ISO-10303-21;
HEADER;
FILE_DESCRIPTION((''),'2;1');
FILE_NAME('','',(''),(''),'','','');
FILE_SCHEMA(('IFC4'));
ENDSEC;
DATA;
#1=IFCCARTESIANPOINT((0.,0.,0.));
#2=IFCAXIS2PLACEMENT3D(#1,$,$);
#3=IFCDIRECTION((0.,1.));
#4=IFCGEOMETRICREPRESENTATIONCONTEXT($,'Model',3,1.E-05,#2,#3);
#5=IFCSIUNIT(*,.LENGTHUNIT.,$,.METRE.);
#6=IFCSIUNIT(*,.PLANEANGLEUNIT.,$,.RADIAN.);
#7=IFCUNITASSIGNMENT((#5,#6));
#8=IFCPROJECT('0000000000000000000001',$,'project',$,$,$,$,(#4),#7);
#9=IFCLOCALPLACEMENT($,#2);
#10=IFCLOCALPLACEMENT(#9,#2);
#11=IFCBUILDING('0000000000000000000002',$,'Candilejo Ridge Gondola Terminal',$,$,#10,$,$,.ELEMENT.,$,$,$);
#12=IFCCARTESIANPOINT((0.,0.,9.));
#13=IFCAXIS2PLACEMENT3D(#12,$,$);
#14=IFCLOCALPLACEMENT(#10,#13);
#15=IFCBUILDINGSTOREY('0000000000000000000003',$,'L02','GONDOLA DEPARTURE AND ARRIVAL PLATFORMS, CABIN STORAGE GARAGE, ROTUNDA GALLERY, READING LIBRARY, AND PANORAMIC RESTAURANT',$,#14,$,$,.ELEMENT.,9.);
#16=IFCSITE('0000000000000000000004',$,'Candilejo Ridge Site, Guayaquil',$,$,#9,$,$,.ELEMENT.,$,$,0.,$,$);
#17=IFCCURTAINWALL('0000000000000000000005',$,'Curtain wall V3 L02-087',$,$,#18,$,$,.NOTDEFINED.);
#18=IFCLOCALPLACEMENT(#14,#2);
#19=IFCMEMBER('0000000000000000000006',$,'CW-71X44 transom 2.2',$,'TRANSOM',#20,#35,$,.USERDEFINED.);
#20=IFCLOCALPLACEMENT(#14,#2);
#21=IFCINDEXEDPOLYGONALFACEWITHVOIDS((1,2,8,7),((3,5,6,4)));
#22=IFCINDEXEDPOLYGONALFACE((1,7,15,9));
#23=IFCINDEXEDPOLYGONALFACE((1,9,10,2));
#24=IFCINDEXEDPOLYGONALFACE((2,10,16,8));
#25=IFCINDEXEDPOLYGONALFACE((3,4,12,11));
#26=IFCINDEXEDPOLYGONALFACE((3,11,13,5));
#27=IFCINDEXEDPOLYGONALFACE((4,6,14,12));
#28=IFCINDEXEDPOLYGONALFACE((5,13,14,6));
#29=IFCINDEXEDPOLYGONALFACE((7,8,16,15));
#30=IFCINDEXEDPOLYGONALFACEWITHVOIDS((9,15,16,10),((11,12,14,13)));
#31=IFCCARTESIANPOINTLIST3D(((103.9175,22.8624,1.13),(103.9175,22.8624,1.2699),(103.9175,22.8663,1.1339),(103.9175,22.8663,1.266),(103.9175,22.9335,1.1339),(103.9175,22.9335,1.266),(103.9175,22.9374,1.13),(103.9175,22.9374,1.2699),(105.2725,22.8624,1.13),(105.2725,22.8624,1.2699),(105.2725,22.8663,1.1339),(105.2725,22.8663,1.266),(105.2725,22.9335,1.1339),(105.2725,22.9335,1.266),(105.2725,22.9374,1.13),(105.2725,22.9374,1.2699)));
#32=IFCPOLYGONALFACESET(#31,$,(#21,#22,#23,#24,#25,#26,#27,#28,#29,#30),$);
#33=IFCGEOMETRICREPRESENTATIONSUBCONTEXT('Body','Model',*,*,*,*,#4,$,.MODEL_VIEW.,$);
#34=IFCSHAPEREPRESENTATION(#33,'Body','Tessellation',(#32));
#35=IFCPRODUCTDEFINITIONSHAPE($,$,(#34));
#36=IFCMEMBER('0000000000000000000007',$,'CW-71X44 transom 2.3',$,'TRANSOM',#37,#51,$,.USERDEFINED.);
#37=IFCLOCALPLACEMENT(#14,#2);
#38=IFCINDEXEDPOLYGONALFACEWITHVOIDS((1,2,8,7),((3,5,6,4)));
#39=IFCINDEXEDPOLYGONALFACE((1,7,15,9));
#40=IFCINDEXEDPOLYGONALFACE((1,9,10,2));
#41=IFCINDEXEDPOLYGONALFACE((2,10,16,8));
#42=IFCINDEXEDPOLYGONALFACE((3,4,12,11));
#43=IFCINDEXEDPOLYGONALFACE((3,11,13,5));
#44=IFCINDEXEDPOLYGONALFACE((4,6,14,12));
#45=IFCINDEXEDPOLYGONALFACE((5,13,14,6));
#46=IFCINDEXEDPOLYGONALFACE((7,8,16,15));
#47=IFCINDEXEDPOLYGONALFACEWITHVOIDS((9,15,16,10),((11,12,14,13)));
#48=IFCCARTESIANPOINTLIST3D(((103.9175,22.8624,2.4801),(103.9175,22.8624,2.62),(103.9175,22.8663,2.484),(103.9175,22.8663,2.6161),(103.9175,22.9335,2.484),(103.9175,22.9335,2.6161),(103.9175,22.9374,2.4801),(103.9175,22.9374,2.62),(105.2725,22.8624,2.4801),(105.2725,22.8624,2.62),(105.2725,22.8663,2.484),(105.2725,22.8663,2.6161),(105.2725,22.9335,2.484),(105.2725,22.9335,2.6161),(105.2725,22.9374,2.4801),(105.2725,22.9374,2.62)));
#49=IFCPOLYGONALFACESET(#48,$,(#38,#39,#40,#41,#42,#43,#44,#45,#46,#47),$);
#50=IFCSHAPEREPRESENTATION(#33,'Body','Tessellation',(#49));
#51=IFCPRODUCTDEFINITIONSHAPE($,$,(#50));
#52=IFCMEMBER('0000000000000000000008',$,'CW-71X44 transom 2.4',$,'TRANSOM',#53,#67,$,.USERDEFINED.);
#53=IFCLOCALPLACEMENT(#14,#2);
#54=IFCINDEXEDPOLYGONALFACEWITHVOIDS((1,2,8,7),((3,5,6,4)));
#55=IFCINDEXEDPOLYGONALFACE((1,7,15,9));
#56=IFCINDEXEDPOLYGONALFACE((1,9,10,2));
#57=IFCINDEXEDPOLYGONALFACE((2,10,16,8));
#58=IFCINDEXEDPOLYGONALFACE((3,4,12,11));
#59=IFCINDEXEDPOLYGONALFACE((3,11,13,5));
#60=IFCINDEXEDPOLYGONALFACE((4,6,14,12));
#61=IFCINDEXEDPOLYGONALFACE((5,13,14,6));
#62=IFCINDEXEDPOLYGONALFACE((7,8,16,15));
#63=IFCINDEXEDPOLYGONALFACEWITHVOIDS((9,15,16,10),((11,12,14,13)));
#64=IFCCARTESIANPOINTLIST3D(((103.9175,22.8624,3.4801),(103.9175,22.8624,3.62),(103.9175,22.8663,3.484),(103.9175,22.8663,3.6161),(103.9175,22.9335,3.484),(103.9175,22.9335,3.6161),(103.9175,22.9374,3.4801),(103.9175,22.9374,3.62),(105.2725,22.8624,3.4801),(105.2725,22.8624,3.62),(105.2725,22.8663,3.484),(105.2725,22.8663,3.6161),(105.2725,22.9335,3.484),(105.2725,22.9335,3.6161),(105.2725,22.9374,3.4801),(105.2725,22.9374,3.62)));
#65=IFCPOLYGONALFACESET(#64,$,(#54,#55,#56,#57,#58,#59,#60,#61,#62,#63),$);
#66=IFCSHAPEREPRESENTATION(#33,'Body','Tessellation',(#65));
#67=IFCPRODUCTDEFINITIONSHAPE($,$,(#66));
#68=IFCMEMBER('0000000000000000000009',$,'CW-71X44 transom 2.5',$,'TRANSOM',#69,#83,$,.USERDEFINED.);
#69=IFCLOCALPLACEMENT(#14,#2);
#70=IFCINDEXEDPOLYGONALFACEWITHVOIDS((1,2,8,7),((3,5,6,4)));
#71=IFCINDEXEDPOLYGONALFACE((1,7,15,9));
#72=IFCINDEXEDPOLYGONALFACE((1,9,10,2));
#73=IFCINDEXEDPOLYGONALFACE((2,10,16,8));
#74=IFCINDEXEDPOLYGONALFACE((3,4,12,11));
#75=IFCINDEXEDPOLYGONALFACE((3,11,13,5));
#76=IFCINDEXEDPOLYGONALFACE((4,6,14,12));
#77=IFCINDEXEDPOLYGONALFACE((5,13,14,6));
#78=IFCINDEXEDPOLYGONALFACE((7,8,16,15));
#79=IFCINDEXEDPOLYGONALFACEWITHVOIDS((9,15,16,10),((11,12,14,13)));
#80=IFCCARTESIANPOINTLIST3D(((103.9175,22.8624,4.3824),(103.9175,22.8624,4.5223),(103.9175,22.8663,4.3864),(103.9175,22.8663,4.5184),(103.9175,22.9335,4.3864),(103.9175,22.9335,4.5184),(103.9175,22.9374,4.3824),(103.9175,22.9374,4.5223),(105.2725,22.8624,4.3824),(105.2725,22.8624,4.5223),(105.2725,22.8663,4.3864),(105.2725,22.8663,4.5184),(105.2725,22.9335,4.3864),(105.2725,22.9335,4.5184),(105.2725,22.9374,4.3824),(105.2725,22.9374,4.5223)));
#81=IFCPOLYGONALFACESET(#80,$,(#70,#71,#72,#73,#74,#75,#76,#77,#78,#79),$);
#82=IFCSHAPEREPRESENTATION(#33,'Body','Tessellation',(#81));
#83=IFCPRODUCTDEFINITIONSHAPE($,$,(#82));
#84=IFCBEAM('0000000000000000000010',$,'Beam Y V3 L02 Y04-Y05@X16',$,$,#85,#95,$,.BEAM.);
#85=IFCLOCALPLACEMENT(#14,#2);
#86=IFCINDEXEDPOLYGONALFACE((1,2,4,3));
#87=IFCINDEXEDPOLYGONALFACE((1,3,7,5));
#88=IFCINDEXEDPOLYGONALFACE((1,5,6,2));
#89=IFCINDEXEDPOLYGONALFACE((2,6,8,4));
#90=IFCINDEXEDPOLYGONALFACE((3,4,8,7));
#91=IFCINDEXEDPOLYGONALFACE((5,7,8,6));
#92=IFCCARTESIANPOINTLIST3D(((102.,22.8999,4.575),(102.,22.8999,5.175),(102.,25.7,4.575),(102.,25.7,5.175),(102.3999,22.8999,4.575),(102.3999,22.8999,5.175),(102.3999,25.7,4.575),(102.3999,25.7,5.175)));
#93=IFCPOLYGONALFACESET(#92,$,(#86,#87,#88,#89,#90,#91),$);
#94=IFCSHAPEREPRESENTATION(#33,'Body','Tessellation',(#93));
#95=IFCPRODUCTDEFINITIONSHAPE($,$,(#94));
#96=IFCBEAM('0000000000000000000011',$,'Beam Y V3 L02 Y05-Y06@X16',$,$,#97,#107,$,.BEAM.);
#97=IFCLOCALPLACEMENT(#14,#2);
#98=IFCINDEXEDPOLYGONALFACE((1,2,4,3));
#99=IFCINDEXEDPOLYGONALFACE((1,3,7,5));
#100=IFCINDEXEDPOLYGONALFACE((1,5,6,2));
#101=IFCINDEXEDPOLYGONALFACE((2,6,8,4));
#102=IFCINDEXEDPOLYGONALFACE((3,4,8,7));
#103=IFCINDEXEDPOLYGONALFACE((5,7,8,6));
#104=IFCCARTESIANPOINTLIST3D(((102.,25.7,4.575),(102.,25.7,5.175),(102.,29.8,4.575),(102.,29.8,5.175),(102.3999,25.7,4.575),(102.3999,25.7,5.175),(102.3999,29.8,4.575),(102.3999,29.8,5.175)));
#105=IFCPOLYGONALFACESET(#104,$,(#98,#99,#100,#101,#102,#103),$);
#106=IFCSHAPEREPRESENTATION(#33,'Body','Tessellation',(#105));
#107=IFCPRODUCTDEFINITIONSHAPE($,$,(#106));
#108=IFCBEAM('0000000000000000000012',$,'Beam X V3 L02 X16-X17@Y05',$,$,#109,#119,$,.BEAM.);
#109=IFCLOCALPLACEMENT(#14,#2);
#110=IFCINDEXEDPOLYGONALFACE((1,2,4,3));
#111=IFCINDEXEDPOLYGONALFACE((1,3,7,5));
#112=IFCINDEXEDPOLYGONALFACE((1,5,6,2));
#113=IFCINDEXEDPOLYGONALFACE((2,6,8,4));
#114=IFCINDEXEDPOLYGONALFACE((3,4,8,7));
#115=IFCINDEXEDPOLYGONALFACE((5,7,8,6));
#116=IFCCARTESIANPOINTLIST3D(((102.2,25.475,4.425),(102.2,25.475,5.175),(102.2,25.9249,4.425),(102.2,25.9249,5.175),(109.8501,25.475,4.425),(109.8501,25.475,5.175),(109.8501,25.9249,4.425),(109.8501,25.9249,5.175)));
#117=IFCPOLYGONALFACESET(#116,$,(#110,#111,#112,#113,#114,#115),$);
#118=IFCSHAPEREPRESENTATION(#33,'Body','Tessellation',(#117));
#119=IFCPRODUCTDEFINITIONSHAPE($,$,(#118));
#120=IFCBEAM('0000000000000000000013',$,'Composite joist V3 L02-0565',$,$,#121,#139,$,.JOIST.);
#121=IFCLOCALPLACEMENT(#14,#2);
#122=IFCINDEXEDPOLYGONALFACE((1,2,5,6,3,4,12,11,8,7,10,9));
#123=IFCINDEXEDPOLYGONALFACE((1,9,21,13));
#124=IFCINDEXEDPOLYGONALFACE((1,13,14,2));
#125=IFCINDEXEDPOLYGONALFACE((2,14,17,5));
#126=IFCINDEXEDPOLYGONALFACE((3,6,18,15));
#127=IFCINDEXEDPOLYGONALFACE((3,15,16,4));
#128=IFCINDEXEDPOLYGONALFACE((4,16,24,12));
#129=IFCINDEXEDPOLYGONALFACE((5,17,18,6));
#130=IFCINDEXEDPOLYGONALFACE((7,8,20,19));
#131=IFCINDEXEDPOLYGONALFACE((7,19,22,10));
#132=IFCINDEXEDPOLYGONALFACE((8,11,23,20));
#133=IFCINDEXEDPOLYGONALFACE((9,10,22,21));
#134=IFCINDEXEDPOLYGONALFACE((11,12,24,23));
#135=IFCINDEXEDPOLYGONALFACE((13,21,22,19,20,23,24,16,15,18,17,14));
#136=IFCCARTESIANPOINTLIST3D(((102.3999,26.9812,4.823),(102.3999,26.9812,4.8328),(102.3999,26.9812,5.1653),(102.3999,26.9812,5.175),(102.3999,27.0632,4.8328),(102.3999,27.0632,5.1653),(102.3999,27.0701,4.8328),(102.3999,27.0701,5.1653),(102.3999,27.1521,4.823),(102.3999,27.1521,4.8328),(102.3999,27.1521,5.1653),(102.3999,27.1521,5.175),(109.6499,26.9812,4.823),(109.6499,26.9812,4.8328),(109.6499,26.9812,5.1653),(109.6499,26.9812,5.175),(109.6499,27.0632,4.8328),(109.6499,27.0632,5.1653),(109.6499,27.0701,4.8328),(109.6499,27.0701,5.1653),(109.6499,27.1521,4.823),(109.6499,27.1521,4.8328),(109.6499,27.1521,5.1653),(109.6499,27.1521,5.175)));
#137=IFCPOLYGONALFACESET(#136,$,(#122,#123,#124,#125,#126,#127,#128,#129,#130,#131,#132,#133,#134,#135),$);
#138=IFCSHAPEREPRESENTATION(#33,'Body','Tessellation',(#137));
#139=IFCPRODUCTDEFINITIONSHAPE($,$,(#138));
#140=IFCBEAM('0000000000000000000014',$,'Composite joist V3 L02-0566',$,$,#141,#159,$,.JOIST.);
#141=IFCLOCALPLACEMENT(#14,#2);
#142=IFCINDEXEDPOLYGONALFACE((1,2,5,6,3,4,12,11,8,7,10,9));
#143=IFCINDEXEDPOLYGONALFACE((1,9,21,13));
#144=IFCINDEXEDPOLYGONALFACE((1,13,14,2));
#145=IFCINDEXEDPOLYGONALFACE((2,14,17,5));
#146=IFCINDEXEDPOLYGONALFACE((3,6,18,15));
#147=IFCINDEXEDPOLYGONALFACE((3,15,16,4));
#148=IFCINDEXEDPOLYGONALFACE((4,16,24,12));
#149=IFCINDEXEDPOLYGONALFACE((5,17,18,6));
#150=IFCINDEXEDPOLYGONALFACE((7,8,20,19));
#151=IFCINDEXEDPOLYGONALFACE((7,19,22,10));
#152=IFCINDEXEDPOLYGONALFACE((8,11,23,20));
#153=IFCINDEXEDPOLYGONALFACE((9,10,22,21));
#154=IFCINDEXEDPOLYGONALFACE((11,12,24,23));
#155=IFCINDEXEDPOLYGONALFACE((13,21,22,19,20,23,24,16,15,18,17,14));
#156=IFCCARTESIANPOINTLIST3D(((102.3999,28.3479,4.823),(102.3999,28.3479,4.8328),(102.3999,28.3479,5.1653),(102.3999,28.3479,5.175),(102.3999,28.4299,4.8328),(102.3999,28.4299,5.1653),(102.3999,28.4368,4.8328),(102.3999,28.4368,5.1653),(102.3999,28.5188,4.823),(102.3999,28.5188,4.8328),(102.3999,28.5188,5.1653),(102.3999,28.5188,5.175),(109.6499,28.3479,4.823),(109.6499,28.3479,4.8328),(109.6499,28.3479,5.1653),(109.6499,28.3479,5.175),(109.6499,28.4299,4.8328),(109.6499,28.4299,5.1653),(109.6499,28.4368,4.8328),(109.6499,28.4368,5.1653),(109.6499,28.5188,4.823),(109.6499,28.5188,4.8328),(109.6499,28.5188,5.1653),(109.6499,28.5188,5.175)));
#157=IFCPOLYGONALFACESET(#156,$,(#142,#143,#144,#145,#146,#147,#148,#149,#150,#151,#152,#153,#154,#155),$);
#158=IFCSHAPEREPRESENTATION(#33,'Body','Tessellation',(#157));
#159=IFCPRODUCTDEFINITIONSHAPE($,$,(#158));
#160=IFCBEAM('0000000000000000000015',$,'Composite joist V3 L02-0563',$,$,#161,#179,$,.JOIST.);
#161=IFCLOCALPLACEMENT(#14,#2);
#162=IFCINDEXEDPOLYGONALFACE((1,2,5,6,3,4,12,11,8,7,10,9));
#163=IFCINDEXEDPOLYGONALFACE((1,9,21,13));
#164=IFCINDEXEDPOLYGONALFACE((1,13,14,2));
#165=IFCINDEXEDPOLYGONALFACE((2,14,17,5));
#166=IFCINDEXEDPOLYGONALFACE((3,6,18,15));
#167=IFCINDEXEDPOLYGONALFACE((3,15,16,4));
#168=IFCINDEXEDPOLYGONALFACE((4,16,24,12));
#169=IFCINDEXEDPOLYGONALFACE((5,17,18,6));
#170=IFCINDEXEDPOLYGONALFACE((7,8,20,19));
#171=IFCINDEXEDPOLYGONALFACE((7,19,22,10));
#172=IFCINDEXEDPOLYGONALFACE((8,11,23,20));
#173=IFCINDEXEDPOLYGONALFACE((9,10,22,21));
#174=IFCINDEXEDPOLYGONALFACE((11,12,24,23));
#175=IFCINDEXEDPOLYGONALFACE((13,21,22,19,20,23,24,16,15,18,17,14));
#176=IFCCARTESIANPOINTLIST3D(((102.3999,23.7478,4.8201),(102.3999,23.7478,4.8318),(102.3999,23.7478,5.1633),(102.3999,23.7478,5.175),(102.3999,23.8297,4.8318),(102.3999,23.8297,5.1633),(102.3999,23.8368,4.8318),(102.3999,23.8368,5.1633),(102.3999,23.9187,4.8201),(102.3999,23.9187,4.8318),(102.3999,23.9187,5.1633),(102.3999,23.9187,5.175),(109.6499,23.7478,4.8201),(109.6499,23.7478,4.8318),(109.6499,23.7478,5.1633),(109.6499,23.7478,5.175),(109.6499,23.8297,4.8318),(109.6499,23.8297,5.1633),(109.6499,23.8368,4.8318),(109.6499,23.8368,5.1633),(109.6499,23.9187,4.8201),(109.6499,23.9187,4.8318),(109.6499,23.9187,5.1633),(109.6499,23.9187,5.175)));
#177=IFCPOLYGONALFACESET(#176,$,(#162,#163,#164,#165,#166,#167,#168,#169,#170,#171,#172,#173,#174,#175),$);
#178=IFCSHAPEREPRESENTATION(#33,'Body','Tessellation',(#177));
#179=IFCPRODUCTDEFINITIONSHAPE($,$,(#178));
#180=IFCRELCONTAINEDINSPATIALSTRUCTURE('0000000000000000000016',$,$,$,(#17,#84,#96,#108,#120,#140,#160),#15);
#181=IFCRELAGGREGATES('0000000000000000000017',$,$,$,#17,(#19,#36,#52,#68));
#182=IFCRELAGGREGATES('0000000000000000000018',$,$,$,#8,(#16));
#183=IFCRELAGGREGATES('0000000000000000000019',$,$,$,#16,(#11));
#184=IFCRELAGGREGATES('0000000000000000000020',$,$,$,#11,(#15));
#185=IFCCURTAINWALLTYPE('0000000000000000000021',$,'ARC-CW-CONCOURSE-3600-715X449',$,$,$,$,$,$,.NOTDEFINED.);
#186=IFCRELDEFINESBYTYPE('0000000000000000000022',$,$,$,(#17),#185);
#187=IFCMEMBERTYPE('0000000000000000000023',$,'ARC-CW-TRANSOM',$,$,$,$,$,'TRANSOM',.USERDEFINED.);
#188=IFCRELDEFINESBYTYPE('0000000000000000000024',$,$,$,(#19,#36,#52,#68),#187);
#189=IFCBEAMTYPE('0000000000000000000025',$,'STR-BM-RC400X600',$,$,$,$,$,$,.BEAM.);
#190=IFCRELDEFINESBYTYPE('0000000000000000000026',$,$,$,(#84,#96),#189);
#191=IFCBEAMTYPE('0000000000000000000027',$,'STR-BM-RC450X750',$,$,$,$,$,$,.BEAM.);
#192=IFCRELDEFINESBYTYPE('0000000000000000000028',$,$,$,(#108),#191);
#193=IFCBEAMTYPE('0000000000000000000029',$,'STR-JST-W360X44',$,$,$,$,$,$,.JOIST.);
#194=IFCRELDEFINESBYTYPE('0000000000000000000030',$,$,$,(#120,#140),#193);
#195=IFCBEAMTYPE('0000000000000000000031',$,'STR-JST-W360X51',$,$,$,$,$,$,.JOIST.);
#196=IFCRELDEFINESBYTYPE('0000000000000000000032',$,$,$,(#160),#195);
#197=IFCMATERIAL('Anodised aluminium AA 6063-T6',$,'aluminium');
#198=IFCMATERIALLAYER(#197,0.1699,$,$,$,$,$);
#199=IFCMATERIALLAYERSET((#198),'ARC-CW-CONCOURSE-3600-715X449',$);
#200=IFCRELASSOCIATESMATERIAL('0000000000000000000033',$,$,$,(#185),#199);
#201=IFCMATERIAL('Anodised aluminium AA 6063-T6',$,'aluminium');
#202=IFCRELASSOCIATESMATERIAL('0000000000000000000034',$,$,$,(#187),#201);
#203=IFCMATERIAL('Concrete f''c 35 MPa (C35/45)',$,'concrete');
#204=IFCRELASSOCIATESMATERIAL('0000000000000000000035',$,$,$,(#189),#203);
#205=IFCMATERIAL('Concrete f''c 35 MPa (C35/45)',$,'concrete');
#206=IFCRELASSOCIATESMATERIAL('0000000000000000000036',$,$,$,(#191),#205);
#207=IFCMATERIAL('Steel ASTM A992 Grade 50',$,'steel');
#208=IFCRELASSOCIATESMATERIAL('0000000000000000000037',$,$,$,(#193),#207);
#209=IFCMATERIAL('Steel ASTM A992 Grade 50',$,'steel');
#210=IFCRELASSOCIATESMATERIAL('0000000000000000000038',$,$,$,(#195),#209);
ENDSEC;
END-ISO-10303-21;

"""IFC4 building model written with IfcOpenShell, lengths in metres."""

from ifc_helpers import new_model, si_unit, direction, frame, origin, origin_2d, place, context, subcontext, project, spatial, rectangle, hollow_rectangle, i_section, extrude, material, layer, layer_set, material_profile, profile_set, type_object, element, aggregate, save


model = new_model("IFC4")

# Units and contexts
model_context = context("Model", 3, precision=1e-05, world=origin(), true_north=direction((0.0, 1.0)))
body_context = subcontext(model_context, "Body", "Model", "MODEL_VIEW")
ifc_project = project(units=[si_unit("LENGTHUNIT", "METRE"), si_unit("PLANEANGLEUNIT", "RADIAN")], contexts=[model_context])

# Site, building, storey
site_placement = place(None, origin())
site = spatial("IfcSite", under=ifc_project, at=site_placement, Name="Candilejo Ridge Site, Guayaquil", CompositionType="ELEMENT", RefElevation=0.0)
building_placement = place(site_placement, origin())
building = spatial("IfcBuilding", under=site, at=building_placement, Name="Candilejo Ridge Gondola Terminal", CompositionType="ELEMENT")
storey_placement = place(building_placement, frame((0.0, 0.0, 9.0)))
storey = spatial("IfcBuildingStorey", under=building, at=storey_placement, Name="L02", Description="GONDOLA DEPARTURE AND ARRIVAL PLATFORMS, CABIN STORAGE GARAGE, ROTUNDA GALLERY, READING LIBRARY, AND PANORAMIC RESTAURANT", CompositionType="ELEMENT", Elevation=9.0)

# Curtain wall, members
ifc_material_1 = material(Name="Anodised aluminium AA 6063-T6", Category="aluminium")
ifc_layer_1 = layer(ifc_material_1, 0.1699)
ifc_layer_set_1 = layer_set([ifc_layer_1], Name="ARC-CW-CONCOURSE-3600-715X449")
curtain_wall_type_1 = type_object("IfcCurtainWallType", Name="ARC-CW-CONCOURSE-3600-715X449", PredefinedType="NOTDEFINED", material=ifc_layer_set_1)
curtain_wall_1_placement = place(storey_placement, origin())
curtain_wall_1 = element("IfcCurtainWall", 1, at=curtain_wall_1_placement, inside=storey, type_object=curtain_wall_type_1, Name="Curtain wall V3 L02-087", PredefinedType="NOTDEFINED")
ifc_material_2 = material(Name="Anodised aluminium AA 6063-T6", Category="aluminium")
ifc_material_profile_1 = material_profile(ifc_material_2, hollow_rectangle(XDim=0.075, YDim=0.1399, WallThickness=0.0039, at=origin_2d()))
ifc_profile_set_1 = profile_set([ifc_material_profile_1], Name="Anodised aluminium AA 6063-T6")
member_type_1 = type_object("IfcMemberType", Name="ARC-CW-TRANSOM", ElementType="TRANSOM", PredefinedType="USERDEFINED", material=ifc_profile_set_1)
member_1_placement = place(storey_placement, frame((103.9175, 22.8999, 1.2), z_axis=(1.0, 0.0, 0.0), x_axis=(0.0, 1.0, 0.0)))
member_1 = element("IfcMember", 2, at=member_1_placement, type_object=member_type_1, Name="CW-71X44 transom 2.2", ObjectType="TRANSOM", PredefinedType="USERDEFINED", context=body_context, shape_type="SweptSolid", body=[
    extrude(hollow_rectangle(XDim=0.075, YDim=0.1399, WallThickness=0.0039, at=origin_2d()), origin(), (0.0, 0.0, 1.0), 1.355),
])
member_2_placement = place(storey_placement, frame((103.9175, 22.8999, 2.55), z_axis=(1.0, 0.0, 0.0), x_axis=(0.0, 1.0, 0.0)))
member_2 = element("IfcMember", 3, at=member_2_placement, type_object=member_type_1, Name="CW-71X44 transom 2.3", ObjectType="TRANSOM", PredefinedType="USERDEFINED", context=body_context, shape_type="SweptSolid", body=[
    extrude(hollow_rectangle(XDim=0.075, YDim=0.1399, WallThickness=0.0039, at=origin_2d()), origin(), (0.0, 0.0, 1.0), 1.355),
])
member_3_placement = place(storey_placement, frame((103.9175, 22.8999, 3.55), z_axis=(1.0, 0.0, 0.0), x_axis=(0.0, 1.0, 0.0)))
member_3 = element("IfcMember", 4, at=member_3_placement, type_object=member_type_1, Name="CW-71X44 transom 2.4", ObjectType="TRANSOM", PredefinedType="USERDEFINED", context=body_context, shape_type="SweptSolid", body=[
    extrude(hollow_rectangle(XDim=0.075, YDim=0.1399, WallThickness=0.0039, at=origin_2d()), origin(), (0.0, 0.0, 1.0), 1.355),
])
member_4_placement = place(storey_placement, frame((103.9175, 22.8999, 4.4524), z_axis=(1.0, 0.0, 0.0), x_axis=(0.0, 1.0, 0.0)))
member_4 = element("IfcMember", 5, at=member_4_placement, type_object=member_type_1, Name="CW-71X44 transom 2.5", ObjectType="TRANSOM", PredefinedType="USERDEFINED", context=body_context, shape_type="SweptSolid", body=[
    extrude(hollow_rectangle(XDim=0.075, YDim=0.1399, WallThickness=0.0039, at=origin_2d()), origin(), (0.0, 0.0, 1.0), 1.355),
])

# Beams
ifc_material_3 = material(Name="Concrete f'c 35 MPa (C35/45)", Category="concrete")
ifc_material_profile_2 = material_profile(ifc_material_3, rectangle(XDim=0.3999, YDim=0.6001, at=origin_2d()))
ifc_profile_set_2 = profile_set([ifc_material_profile_2], Name="Concrete f'c 35 MPa (C35/45)")
beam_type_1 = type_object("IfcBeamType", Name="STR-BM-RC400X600", PredefinedType="BEAM", material=ifc_profile_set_2)
beam_1_placement = place(storey_placement, frame((102.2, 22.8999, 4.875), z_axis=(0.0, 1.0, 0.0), x_axis=(-1.0, 0.0, 0.0)))
element("IfcBeam", 6, at=beam_1_placement, inside=storey, type_object=beam_type_1, Name="Beam Y V3 L02 Y04-Y05@X16", PredefinedType="BEAM", context=body_context, shape_type="SweptSolid", body=[
    extrude(rectangle(XDim=0.3999, YDim=0.6001, at=origin_2d()), origin(), (0.0, 0.0, 1.0), 2.8),
])
beam_2_placement = place(storey_placement, frame((102.2, 25.7, 4.875), z_axis=(0.0, 1.0, 0.0), x_axis=(-1.0, 0.0, 0.0)))
element("IfcBeam", 7, at=beam_2_placement, inside=storey, type_object=beam_type_1, Name="Beam Y V3 L02 Y05-Y06@X16", PredefinedType="BEAM", context=body_context, shape_type="SweptSolid", body=[
    extrude(rectangle(XDim=0.3999, YDim=0.6001, at=origin_2d()), origin(), (0.0, 0.0, 1.0), 4.1001),
])
ifc_material_4 = material(Name="Concrete f'c 35 MPa (C35/45)", Category="concrete")
ifc_material_profile_3 = material_profile(ifc_material_4, rectangle(XDim=0.45, YDim=0.75, at=origin_2d()))
ifc_profile_set_3 = profile_set([ifc_material_profile_3], Name="Concrete f'c 35 MPa (C35/45)")
beam_type_2 = type_object("IfcBeamType", Name="STR-BM-RC450X750", PredefinedType="BEAM", material=ifc_profile_set_3)
beam_3_placement = place(storey_placement, frame((102.2, 25.7, 4.8), z_axis=(1.0, 0.0, 0.0), x_axis=(0.0, 1.0, 0.0)))
element("IfcBeam", 8, at=beam_3_placement, inside=storey, type_object=beam_type_2, Name="Beam X V3 L02 X16-X17@Y05", PredefinedType="BEAM", context=body_context, shape_type="SweptSolid", body=[
    extrude(rectangle(XDim=0.45, YDim=0.75, at=origin_2d()), origin(), (0.0, 0.0, 1.0), 7.6501),
])
ifc_material_5 = material(Name="Steel ASTM A992 Grade 50", Category="steel")
ifc_material_profile_4 = material_profile(ifc_material_5, i_section(OverallWidth=0.1709, OverallDepth=0.3521, WebThickness=0.0068, FlangeThickness=0.0098, at=origin_2d()))
ifc_profile_set_4 = profile_set([ifc_material_profile_4], Name="Steel ASTM A992 Grade 50")
beam_type_3 = type_object("IfcBeamType", Name="STR-JST-W360X44", PredefinedType="JOIST", material=ifc_profile_set_4)
for number, where, z_axis, x_axis, name in (
    (9, (102.3999, 27.0667, 4.999), (1.0, 0.0, 0.0), (0.0, 1.0, 0.0), "Composite joist V3 L02-0565"),
    (10, (102.3999, 28.4333, 4.999), (1.0, 0.0, 0.0), (0.0, 1.0, 0.0), "Composite joist V3 L02-0566"),
):
    element("IfcBeam", number, at=place(storey_placement, frame(where, z_axis=z_axis, x_axis=x_axis)), inside=storey, type_object=beam_type_3, Name=name, PredefinedType="JOIST", context=body_context, shape_type="SweptSolid", body=[
        extrude(i_section(OverallWidth=0.1709, OverallDepth=0.3521, WebThickness=0.0068, FlangeThickness=0.0098, at=origin_2d()), origin(), (0.0, 0.0, 1.0), 7.25),
    ])
ifc_material_6 = material(Name="Steel ASTM A992 Grade 50", Category="steel")
ifc_material_profile_5 = material_profile(ifc_material_6, i_section(OverallWidth=0.1709, OverallDepth=0.355, WebThickness=0.0071, FlangeThickness=0.0117, at=origin_2d()))
ifc_profile_set_5 = profile_set([ifc_material_profile_5], Name="Steel ASTM A992 Grade 50")
beam_type_4 = type_object("IfcBeamType", Name="STR-JST-W360X51", PredefinedType="JOIST", material=ifc_profile_set_5)
for number, where, z_axis, x_axis, name in (
    (11, (102.3999, 23.8333, 4.9976), (1.0, 0.0, 0.0), (0.0, 1.0, 0.0), "Composite joist V3 L02-0563"),
):
    element("IfcBeam", number, at=place(storey_placement, frame(where, z_axis=z_axis, x_axis=x_axis)), inside=storey, type_object=beam_type_4, Name=name, PredefinedType="JOIST", context=body_context, shape_type="SweptSolid", body=[
        extrude(i_section(OverallWidth=0.1709, OverallDepth=0.355, WebThickness=0.0071, FlangeThickness=0.0117, at=origin_2d()), origin(), (0.0, 0.0, 1.0), 7.25),
    ])

aggregate(curtain_wall_1, [member_1, member_2, member_3, member_4])

save(model, "model.ifc")
